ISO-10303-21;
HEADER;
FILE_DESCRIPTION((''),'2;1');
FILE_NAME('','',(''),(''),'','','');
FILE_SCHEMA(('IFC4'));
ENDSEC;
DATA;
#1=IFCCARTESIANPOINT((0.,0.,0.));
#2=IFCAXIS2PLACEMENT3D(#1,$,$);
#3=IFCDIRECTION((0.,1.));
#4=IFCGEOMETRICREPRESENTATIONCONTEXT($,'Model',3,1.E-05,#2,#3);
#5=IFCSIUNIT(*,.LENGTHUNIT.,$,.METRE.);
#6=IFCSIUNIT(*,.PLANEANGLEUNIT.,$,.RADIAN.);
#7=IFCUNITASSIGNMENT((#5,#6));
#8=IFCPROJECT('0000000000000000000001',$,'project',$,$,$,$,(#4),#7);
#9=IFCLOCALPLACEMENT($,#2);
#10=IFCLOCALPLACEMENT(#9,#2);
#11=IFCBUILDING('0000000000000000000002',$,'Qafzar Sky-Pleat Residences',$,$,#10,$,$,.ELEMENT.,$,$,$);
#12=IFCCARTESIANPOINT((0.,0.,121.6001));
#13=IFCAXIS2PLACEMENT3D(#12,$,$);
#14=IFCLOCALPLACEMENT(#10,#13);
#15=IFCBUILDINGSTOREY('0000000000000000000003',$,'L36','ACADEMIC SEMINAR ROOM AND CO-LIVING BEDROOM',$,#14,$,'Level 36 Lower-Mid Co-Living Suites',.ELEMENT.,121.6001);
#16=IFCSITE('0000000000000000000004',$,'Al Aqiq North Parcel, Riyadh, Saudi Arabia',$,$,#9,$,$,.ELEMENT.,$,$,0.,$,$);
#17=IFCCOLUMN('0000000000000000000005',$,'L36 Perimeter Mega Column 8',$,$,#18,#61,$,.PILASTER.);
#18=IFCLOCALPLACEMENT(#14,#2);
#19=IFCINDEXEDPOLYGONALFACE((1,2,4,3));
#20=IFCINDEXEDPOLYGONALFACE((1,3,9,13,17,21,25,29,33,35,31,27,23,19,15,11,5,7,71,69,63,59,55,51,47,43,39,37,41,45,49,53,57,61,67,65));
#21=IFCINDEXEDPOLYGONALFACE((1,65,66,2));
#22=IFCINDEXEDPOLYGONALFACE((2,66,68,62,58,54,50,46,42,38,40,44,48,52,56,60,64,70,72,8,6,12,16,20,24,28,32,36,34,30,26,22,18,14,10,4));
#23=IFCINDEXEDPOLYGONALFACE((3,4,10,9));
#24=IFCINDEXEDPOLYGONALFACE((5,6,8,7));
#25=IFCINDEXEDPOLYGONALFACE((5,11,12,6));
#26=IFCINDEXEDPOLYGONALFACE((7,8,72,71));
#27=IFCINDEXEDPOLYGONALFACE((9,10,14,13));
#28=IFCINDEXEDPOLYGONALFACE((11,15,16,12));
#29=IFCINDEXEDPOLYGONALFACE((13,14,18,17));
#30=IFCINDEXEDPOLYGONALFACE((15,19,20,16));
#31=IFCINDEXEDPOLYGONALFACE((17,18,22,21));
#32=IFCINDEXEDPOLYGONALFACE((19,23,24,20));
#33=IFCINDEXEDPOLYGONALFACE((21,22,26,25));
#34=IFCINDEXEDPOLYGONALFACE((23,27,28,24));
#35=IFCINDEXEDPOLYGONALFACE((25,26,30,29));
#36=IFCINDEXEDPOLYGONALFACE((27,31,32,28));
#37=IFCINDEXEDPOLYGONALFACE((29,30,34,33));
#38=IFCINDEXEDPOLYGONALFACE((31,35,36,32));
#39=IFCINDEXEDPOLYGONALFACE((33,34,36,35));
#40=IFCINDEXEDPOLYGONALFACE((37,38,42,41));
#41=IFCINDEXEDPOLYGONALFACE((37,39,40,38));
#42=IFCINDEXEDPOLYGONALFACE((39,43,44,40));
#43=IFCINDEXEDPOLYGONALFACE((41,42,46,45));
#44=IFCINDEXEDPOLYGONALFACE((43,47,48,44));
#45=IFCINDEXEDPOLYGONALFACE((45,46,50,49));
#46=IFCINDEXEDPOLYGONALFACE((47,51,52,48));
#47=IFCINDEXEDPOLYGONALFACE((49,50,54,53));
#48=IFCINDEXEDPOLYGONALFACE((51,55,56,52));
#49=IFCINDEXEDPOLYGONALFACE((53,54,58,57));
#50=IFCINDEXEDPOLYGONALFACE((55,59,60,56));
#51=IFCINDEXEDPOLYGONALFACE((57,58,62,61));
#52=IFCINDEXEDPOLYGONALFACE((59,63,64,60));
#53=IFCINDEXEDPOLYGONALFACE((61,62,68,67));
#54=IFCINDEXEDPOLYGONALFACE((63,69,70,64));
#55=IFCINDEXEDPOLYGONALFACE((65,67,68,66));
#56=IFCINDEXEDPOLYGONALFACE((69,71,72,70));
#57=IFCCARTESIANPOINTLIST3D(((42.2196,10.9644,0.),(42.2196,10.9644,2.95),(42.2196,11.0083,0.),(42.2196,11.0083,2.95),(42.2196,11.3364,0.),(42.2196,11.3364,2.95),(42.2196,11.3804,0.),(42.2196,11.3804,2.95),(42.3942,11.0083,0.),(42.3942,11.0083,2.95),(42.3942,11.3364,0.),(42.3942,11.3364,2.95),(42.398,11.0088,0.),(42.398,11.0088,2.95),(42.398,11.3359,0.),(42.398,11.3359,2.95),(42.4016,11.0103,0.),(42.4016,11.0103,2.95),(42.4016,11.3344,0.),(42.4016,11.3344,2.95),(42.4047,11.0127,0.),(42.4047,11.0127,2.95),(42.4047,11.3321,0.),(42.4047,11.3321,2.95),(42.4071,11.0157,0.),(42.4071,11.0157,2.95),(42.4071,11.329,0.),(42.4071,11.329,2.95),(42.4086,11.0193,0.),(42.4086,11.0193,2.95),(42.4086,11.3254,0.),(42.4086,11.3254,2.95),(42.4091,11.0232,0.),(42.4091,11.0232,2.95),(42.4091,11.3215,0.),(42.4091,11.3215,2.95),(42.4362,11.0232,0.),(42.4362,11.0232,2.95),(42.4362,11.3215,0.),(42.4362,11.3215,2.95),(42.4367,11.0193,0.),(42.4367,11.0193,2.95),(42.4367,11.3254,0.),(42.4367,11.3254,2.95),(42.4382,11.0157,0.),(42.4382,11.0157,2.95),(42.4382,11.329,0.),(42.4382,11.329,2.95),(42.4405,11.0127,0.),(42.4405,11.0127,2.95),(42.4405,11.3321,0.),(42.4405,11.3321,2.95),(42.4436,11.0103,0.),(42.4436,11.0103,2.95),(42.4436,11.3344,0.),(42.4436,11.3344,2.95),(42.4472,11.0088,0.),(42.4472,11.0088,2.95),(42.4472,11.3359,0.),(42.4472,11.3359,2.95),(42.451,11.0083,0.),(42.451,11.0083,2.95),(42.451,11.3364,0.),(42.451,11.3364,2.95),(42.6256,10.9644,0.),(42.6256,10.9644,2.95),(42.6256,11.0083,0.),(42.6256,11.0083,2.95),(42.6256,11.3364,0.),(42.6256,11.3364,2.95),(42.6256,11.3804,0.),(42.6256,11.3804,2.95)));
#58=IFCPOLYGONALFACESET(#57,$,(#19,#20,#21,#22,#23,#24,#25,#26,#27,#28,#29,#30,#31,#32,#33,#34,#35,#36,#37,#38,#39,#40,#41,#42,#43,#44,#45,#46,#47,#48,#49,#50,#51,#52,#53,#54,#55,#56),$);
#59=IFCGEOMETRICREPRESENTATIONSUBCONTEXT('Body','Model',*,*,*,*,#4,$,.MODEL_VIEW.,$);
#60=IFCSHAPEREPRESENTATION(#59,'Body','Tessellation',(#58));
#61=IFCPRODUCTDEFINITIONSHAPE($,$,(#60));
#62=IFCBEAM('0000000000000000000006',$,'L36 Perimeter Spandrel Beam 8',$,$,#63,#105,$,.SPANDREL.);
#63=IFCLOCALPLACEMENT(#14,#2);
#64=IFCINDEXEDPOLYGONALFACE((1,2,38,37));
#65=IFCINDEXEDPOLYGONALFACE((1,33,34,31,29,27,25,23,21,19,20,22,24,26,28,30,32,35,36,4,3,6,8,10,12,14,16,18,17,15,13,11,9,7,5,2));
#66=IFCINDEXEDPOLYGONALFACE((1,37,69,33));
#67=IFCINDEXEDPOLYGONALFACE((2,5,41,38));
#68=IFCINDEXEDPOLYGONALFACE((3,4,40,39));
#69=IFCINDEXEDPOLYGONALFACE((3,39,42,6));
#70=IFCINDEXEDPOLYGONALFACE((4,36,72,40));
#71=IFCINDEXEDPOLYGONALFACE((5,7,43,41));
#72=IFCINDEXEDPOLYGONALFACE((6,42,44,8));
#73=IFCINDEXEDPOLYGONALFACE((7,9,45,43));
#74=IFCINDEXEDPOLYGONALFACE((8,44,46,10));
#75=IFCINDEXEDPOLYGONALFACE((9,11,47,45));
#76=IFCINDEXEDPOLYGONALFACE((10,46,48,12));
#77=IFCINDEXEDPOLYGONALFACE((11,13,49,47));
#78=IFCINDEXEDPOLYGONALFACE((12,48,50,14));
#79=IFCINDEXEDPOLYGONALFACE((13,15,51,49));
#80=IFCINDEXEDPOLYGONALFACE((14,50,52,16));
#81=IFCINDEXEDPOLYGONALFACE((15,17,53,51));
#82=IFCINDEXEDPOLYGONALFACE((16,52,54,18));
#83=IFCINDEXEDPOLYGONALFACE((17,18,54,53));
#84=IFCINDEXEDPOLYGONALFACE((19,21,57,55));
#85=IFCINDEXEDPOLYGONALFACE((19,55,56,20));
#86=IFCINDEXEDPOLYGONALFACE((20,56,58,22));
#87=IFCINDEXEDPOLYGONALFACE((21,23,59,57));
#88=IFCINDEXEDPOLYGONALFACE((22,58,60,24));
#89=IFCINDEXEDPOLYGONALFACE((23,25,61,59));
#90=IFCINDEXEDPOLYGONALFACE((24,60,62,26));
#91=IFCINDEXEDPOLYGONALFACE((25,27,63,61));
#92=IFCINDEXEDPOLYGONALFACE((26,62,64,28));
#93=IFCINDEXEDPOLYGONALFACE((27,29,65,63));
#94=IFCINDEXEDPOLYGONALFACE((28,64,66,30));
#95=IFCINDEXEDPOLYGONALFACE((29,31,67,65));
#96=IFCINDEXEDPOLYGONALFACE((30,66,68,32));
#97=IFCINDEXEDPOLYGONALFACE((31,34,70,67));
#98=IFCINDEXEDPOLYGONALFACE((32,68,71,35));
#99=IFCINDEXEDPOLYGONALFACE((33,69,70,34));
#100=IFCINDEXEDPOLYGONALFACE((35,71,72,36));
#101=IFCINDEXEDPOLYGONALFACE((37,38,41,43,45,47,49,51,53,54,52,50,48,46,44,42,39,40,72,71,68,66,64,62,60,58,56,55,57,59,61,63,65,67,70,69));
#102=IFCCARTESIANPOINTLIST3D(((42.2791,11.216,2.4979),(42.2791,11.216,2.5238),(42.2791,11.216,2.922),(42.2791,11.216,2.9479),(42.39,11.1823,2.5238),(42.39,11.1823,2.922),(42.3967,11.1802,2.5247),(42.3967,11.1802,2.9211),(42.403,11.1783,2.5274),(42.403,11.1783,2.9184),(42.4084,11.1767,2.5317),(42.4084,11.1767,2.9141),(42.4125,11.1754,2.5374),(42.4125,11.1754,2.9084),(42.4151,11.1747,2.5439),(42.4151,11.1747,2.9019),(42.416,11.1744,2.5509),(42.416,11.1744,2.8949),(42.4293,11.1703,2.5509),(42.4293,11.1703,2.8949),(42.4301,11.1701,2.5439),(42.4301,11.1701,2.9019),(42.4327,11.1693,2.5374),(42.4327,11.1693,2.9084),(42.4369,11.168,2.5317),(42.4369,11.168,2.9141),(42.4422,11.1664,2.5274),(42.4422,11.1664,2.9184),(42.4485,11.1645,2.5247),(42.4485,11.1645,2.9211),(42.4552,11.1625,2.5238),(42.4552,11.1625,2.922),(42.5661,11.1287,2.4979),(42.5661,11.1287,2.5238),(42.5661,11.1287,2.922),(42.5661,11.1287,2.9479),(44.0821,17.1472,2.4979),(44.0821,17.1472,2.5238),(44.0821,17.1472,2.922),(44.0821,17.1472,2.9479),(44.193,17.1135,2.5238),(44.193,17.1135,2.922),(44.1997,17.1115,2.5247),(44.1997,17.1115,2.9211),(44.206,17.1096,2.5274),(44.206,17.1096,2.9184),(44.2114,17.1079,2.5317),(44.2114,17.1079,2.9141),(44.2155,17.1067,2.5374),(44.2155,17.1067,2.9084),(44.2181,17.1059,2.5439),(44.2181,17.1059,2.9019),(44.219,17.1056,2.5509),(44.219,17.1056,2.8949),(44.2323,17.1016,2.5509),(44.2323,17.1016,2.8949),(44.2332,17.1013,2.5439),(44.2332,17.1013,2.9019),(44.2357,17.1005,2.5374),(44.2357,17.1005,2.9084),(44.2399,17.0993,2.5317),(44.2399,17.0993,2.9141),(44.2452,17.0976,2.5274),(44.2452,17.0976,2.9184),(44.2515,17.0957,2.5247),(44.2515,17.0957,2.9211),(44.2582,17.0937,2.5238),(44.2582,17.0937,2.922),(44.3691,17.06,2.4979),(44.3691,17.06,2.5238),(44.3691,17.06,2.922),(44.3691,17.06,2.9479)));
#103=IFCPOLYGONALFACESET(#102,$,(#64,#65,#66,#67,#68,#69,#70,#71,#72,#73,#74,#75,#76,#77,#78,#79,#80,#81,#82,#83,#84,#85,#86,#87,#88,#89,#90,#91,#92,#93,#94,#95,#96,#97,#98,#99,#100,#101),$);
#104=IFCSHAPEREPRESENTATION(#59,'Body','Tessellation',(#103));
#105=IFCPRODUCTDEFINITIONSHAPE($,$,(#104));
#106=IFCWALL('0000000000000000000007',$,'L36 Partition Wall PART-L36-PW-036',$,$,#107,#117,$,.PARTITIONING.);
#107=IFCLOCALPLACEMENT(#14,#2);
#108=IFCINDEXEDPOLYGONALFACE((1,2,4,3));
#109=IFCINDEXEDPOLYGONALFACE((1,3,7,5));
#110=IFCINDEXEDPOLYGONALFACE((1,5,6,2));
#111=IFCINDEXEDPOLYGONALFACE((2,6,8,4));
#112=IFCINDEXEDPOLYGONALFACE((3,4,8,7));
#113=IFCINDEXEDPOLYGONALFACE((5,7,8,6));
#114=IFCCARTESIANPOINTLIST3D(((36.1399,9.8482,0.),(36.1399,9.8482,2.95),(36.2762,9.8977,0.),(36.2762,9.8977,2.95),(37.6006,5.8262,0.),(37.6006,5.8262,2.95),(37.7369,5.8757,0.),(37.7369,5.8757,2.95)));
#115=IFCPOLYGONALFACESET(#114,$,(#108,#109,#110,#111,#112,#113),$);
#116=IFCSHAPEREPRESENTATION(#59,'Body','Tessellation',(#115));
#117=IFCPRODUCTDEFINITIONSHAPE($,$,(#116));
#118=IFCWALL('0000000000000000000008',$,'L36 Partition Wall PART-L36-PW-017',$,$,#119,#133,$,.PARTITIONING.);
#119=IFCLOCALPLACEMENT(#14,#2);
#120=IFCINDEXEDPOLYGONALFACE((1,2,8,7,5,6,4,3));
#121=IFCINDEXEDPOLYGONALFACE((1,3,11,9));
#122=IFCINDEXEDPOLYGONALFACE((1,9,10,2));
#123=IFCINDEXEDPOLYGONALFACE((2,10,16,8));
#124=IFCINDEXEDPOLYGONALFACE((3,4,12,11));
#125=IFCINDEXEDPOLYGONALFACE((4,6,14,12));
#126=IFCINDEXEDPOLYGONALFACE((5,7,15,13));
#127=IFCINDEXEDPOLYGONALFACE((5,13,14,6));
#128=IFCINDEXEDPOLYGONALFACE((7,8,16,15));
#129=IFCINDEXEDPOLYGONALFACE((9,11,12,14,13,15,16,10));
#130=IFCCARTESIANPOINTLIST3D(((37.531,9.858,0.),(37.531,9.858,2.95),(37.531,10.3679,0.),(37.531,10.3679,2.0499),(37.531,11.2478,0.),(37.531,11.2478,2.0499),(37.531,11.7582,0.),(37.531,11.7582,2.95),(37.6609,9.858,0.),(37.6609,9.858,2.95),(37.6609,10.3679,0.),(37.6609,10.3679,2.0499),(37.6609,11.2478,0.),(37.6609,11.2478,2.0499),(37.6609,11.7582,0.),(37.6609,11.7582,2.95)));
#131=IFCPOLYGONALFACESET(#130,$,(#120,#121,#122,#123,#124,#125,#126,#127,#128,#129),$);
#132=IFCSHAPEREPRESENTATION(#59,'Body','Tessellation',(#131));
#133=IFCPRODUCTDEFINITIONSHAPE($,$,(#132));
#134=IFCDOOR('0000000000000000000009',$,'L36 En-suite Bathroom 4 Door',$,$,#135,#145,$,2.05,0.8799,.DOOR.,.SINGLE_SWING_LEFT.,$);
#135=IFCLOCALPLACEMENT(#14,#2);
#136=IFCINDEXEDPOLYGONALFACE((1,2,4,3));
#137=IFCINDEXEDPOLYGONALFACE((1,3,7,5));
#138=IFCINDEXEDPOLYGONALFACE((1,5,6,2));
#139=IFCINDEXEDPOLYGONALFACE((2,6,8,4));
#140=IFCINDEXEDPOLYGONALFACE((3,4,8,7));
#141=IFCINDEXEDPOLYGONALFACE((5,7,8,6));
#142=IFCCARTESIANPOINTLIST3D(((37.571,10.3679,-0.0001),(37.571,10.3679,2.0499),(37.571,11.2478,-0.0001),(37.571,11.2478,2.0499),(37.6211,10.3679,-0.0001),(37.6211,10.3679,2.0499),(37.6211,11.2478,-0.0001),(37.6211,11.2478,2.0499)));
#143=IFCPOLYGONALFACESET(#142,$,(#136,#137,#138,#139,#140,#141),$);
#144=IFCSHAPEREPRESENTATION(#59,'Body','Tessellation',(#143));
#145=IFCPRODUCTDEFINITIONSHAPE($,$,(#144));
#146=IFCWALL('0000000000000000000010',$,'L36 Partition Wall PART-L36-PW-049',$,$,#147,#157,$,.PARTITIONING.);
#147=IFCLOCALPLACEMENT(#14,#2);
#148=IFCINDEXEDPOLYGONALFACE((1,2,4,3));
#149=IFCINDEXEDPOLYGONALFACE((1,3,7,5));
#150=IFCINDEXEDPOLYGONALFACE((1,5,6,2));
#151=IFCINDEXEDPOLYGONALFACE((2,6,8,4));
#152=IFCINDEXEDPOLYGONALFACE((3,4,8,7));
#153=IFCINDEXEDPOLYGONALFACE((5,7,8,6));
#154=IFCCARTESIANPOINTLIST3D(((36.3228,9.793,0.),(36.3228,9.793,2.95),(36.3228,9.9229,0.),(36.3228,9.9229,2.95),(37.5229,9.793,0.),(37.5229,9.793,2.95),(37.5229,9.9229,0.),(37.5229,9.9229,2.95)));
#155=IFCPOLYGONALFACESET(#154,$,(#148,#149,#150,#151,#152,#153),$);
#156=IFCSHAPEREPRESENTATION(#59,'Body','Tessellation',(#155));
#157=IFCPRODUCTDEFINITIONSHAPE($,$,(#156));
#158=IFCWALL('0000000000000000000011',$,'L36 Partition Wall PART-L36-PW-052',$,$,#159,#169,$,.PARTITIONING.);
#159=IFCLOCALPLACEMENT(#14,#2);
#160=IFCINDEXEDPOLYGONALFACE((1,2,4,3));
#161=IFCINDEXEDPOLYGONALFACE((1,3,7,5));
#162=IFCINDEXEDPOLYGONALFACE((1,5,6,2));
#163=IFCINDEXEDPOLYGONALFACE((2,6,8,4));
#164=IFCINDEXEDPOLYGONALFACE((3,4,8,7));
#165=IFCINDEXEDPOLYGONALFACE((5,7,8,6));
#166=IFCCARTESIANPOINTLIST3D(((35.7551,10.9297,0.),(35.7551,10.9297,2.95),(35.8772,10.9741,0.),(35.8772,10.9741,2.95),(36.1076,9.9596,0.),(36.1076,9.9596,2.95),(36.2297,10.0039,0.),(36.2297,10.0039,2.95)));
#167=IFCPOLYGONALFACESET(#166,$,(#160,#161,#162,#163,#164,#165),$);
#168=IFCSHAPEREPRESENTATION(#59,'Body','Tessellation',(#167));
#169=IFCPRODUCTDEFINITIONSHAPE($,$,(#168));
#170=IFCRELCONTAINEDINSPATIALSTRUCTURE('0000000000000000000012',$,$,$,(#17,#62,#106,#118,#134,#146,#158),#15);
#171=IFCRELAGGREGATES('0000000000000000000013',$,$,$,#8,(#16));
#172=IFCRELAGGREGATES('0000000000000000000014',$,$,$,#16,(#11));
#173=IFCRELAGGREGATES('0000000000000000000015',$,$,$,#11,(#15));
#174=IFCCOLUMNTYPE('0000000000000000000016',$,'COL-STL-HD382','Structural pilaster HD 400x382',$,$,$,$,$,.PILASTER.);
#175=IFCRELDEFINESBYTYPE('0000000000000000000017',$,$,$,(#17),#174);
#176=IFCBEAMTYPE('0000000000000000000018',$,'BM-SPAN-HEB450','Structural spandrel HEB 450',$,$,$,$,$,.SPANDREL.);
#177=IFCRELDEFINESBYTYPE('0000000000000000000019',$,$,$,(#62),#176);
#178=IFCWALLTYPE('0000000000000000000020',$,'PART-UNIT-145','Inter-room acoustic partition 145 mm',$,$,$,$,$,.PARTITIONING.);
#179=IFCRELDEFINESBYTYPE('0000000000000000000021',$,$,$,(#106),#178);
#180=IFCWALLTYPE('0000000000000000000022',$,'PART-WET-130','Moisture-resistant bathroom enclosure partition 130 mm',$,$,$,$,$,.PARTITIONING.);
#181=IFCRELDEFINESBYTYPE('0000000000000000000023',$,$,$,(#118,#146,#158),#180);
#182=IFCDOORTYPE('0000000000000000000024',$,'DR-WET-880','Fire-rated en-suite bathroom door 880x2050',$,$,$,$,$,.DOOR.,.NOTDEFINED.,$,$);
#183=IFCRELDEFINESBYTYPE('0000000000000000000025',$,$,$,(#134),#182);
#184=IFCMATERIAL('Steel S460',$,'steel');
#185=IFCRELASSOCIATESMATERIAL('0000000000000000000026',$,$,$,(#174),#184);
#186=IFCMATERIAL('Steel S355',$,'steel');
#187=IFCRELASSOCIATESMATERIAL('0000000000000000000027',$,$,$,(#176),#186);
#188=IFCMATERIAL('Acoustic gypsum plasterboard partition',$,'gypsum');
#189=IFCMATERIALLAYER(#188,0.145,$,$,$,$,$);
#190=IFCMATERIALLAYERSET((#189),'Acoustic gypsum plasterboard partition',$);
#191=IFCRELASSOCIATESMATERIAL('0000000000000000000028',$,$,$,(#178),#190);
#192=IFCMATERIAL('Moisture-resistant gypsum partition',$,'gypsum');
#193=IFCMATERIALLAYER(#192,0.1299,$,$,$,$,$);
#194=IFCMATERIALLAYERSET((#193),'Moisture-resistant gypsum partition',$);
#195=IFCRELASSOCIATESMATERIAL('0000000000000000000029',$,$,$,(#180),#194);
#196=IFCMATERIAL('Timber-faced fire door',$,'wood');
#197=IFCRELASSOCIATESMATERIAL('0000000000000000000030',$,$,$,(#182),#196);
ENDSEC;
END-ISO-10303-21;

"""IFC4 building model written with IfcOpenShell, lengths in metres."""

from ifc_helpers import new_model, si_unit, direction, frame, frame_2d, origin, origin_2d, place, context, subcontext, project, spatial, rectangle, i_section, extrude, source, transform, mapped, material, layer, layer_set, material_profile, profile_set, type_object, element, fill, save


model = new_model("IFC4")

# Units and contexts
model_context = context("Model", 3, precision=1e-05, world=origin(), true_north=direction((0.0, 1.0)))
body_context = subcontext(model_context, "Body", "Model", "MODEL_VIEW")
ifc_project = project(units=[si_unit("LENGTHUNIT", "METRE"), si_unit("PLANEANGLEUNIT", "RADIAN")], contexts=[model_context])

# Site, building, storey
site_placement = place(None, origin())
site = spatial("IfcSite", under=ifc_project, at=site_placement, Name="Al Aqiq North Parcel, Riyadh, Saudi Arabia", CompositionType="ELEMENT", RefElevation=0.0)
building_placement = place(site_placement, origin())
building = spatial("IfcBuilding", under=site, at=building_placement, Name="Qafzar Sky-Pleat Residences", CompositionType="ELEMENT")
storey_placement = place(building_placement, frame((0.0, 0.0, 121.6001)))
storey = spatial("IfcBuildingStorey", under=building, at=storey_placement, Name="L36", Description="ACADEMIC SEMINAR ROOM AND CO-LIVING BEDROOM", LongName="Level 36 Lower-Mid Co-Living Suites", CompositionType="ELEMENT", Elevation=121.6001)

# Column
ifc_material_1 = material(Name="Steel S460", Category="steel")
ifc_material_profile_1 = material_profile(ifc_material_1, i_section(OverallWidth=0.406, OverallDepth=0.416, WebThickness=0.0271, FlangeThickness=0.0439, FilletRadius=0.0149, at=origin_2d()), Name="HD 400x382")
ifc_profile_set_1 = profile_set([ifc_material_profile_1], Name="Steel S460")
column_type = type_object("IfcColumnType", Name="COL-STL-HD382", Description="Structural pilaster HD 400x382", PredefinedType="PILASTER", material=ifc_profile_set_1)
shared_shape_1 = source(origin(), body_context, "Body", "SweptSolid", [
    extrude(i_section(OverallWidth=0.406, OverallDepth=0.416, WebThickness=0.0271, FlangeThickness=0.0439, FilletRadius=0.0149, at=origin_2d()), origin(), (0.0, 0.0, 1.0), 2.95),
])
column_placement = place(storey_placement, frame((42.4226, 11.1724, 0.0), z_axis=(0.0, 0.0, 1.0), x_axis=(1.0, 0.0, 0.0)))
element("IfcColumn", 1, at=column_placement, inside=storey, type_object=column_type, Name="L36 Perimeter Mega Column 8", PredefinedType="PILASTER", context=body_context, shape_type="MappedRepresentation", body=[
    mapped(shared_shape_1, transform((0.0, 0.0, 0.0), x_axis=(1.0, 0.0, 0.0), y_axis=(0.0, 1.0, 0.0), z_axis=(0.0, 0.0, 1.0), scale=1.0)),
])

# Beam
ifc_material_2 = material(Name="Steel S355", Category="steel")
ifc_material_profile_2 = material_profile(ifc_material_2, i_section(OverallWidth=0.3, OverallDepth=0.45, WebThickness=0.0139, FlangeThickness=0.0259, FilletRadius=0.0271, at=origin_2d()), Name="HEB 450")
ifc_profile_set_2 = profile_set([ifc_material_profile_2], Name="Steel S355")
beam_type = type_object("IfcBeamType", Name="BM-SPAN-HEB450", Description="Structural spandrel HEB 450", PredefinedType="SPANDREL", material=ifc_profile_set_2)
shared_shape_2 = source(origin(), body_context, "Body", "SweptSolid", [
    extrude(i_section(OverallWidth=0.3, OverallDepth=0.45, WebThickness=0.0139, FlangeThickness=0.0259, FilletRadius=0.0271, at=origin_2d()), origin(), (0.0, 0.0, 1.0), 6.1992),
])
beam_placement = place(storey_placement, frame((42.4226, 11.1724, 2.7229), z_axis=(0.290843, 0.956771, 0.0), x_axis=(-0.956771, 0.290843, 0.0)))
element("IfcBeam", 2, at=beam_placement, inside=storey, type_object=beam_type, Name="L36 Perimeter Spandrel Beam 8", PredefinedType="SPANDREL", context=body_context, shape_type="MappedRepresentation", body=[
    mapped(shared_shape_2, transform((0.0, 0.0, 0.0), x_axis=(1.0, 0.0, 0.0), y_axis=(0.0, 1.0, 0.0), z_axis=(0.0, 0.0, 1.0), scale=1.0)),
])

# Wall
ifc_material_3 = material(Name="Acoustic gypsum plasterboard partition", Category="gypsum")
ifc_layer_1 = layer(ifc_material_3, 0.145)
ifc_layer_set_1 = layer_set([ifc_layer_1], Name="Acoustic gypsum plasterboard partition")
wall_type_1 = type_object("IfcWallType", Name="PART-UNIT-145", Description="Inter-room acoustic partition 145 mm", PredefinedType="PARTITIONING", material=ifc_layer_set_1)
wall_1_placement = place(storey_placement, frame((36.208, 9.873, 0.0), z_axis=(0.0, 0.0, 1.0), x_axis=(0.341363, -0.939932, 0.0)))
element("IfcWall", 3, at=wall_1_placement, inside=storey, type_object=wall_type_1, Name="L36 Partition Wall PART-L36-PW-036", PredefinedType="PARTITIONING", context=body_context, shape_type="SweptSolid", body=[
    extrude(rectangle(XDim=4.2791, YDim=0.145, at=frame_2d((2.1396, 0.0))), origin(), (0.0, 0.0, 1.0), 2.95),
])

# Wall, opening, door
ifc_material_4 = material(Name="Moisture-resistant gypsum partition", Category="gypsum")
ifc_layer_2 = layer(ifc_material_4, 0.1299)
ifc_layer_set_2 = layer_set([ifc_layer_2], Name="Moisture-resistant gypsum partition")
wall_type_2 = type_object("IfcWallType", Name="PART-WET-130", Description="Moisture-resistant bathroom enclosure partition 130 mm", PredefinedType="PARTITIONING", material=ifc_layer_set_2)
wall_2_placement = place(storey_placement, frame((37.5959, 9.8579, 0.0), z_axis=(0.0, 0.0, 1.0), x_axis=(0.0, 1.0, 0.0)))
wall_2 = element("IfcWall", 4, at=wall_2_placement, inside=storey, type_object=wall_type_2, Name="L36 Partition Wall PART-L36-PW-017", PredefinedType="PARTITIONING", context=body_context, shape_type="SweptSolid", body=[
    extrude(rectangle(XDim=1.9001, YDim=0.1299, at=frame_2d((0.9502, 0.0))), origin(), (0.0, 0.0, 1.0), 2.95),
])
opening_1_placement = place(wall_2_placement, frame((0.51, 0.0, 0.0)))
opening_1 = element("IfcOpeningElement", 5, at=opening_1_placement, cuts=wall_2, PredefinedType="OPENING", context=body_context, shape_type="SweptSolid", body=[
    extrude(rectangle(XDim=0.8799, YDim=2.05, at=frame_2d((0.4399, 1.0249))), frame((0.0, 0.075, 0.0), z_axis=(0.0, -1.0, 0.0), x_axis=(1.0, 0.0, 0.0)), (0.0, 0.0, 1.0), 0.1499),
])
ifc_material_5 = material(Name="Timber-faced fire door", Category="wood")
door_type = type_object("IfcDoorType", Name="DR-WET-880", Description="Fire-rated en-suite bathroom door 880x2050", OperationType="NOTDEFINED", PredefinedType="DOOR", material=ifc_material_5)
shared_shape_3 = source(origin(), body_context, "Body", "SweptSolid", [
    extrude(rectangle(XDim=0.8799, YDim=2.05, at=frame_2d((0.4399, 1.0249))), frame((0.0, 0.0249, 0.0), z_axis=(0.0, -1.0, 0.0), x_axis=(1.0, 0.0, 0.0)), (0.0, 0.0, 1.0), 0.05),
])
door_placement = place(opening_1_placement, origin())
door = element("IfcDoor", 6, at=door_placement, inside=storey, type_object=door_type, Name="L36 En-suite Bathroom 4 Door", OperationType="SINGLE_SWING_LEFT", OverallHeight=2.05, OverallWidth=0.8799, PredefinedType="DOOR", context=body_context, shape_type="MappedRepresentation", body=[
    mapped(shared_shape_3, transform((0.0, 0.0, 0.0), x_axis=(1.0, 0.0, 0.0), y_axis=(0.0, 1.0, 0.0), z_axis=(0.0, 0.0, 1.0), scale=1.0)),
])
fill(opening_1, door)

# Walls
wall_3_placement = place(storey_placement, frame((36.3228, 9.8579, 0.0), z_axis=(0.0, 0.0, 1.0), x_axis=(1.0, 0.0, 0.0)))
element("IfcWall", 7, at=wall_3_placement, inside=storey, type_object=wall_type_2, Name="L36 Partition Wall PART-L36-PW-049", PredefinedType="PARTITIONING", context=body_context, shape_type="SweptSolid", body=[
    extrude(rectangle(XDim=1.2002, YDim=0.1299, at=frame_2d((0.6001, 0.0))), origin(), (0.0, 0.0, 1.0), 2.95),
])
wall_4_placement = place(storey_placement, frame((35.8162, 10.9519, 0.0), z_axis=(0.0, 0.0, 1.0), x_axis=(0.341515, -0.939876, 0.0)))
element("IfcWall", 8, at=wall_4_placement, inside=storey, type_object=wall_type_2, Name="L36 Partition Wall PART-L36-PW-052", PredefinedType="PARTITIONING", context=body_context, shape_type="SweptSolid", body=[
    extrude(rectangle(XDim=1.0322, YDim=0.1299, at=frame_2d((0.5161, 0.0))), origin(), (0.0, 0.0, 1.0), 2.95),
])

save(model, "model.ifc")
